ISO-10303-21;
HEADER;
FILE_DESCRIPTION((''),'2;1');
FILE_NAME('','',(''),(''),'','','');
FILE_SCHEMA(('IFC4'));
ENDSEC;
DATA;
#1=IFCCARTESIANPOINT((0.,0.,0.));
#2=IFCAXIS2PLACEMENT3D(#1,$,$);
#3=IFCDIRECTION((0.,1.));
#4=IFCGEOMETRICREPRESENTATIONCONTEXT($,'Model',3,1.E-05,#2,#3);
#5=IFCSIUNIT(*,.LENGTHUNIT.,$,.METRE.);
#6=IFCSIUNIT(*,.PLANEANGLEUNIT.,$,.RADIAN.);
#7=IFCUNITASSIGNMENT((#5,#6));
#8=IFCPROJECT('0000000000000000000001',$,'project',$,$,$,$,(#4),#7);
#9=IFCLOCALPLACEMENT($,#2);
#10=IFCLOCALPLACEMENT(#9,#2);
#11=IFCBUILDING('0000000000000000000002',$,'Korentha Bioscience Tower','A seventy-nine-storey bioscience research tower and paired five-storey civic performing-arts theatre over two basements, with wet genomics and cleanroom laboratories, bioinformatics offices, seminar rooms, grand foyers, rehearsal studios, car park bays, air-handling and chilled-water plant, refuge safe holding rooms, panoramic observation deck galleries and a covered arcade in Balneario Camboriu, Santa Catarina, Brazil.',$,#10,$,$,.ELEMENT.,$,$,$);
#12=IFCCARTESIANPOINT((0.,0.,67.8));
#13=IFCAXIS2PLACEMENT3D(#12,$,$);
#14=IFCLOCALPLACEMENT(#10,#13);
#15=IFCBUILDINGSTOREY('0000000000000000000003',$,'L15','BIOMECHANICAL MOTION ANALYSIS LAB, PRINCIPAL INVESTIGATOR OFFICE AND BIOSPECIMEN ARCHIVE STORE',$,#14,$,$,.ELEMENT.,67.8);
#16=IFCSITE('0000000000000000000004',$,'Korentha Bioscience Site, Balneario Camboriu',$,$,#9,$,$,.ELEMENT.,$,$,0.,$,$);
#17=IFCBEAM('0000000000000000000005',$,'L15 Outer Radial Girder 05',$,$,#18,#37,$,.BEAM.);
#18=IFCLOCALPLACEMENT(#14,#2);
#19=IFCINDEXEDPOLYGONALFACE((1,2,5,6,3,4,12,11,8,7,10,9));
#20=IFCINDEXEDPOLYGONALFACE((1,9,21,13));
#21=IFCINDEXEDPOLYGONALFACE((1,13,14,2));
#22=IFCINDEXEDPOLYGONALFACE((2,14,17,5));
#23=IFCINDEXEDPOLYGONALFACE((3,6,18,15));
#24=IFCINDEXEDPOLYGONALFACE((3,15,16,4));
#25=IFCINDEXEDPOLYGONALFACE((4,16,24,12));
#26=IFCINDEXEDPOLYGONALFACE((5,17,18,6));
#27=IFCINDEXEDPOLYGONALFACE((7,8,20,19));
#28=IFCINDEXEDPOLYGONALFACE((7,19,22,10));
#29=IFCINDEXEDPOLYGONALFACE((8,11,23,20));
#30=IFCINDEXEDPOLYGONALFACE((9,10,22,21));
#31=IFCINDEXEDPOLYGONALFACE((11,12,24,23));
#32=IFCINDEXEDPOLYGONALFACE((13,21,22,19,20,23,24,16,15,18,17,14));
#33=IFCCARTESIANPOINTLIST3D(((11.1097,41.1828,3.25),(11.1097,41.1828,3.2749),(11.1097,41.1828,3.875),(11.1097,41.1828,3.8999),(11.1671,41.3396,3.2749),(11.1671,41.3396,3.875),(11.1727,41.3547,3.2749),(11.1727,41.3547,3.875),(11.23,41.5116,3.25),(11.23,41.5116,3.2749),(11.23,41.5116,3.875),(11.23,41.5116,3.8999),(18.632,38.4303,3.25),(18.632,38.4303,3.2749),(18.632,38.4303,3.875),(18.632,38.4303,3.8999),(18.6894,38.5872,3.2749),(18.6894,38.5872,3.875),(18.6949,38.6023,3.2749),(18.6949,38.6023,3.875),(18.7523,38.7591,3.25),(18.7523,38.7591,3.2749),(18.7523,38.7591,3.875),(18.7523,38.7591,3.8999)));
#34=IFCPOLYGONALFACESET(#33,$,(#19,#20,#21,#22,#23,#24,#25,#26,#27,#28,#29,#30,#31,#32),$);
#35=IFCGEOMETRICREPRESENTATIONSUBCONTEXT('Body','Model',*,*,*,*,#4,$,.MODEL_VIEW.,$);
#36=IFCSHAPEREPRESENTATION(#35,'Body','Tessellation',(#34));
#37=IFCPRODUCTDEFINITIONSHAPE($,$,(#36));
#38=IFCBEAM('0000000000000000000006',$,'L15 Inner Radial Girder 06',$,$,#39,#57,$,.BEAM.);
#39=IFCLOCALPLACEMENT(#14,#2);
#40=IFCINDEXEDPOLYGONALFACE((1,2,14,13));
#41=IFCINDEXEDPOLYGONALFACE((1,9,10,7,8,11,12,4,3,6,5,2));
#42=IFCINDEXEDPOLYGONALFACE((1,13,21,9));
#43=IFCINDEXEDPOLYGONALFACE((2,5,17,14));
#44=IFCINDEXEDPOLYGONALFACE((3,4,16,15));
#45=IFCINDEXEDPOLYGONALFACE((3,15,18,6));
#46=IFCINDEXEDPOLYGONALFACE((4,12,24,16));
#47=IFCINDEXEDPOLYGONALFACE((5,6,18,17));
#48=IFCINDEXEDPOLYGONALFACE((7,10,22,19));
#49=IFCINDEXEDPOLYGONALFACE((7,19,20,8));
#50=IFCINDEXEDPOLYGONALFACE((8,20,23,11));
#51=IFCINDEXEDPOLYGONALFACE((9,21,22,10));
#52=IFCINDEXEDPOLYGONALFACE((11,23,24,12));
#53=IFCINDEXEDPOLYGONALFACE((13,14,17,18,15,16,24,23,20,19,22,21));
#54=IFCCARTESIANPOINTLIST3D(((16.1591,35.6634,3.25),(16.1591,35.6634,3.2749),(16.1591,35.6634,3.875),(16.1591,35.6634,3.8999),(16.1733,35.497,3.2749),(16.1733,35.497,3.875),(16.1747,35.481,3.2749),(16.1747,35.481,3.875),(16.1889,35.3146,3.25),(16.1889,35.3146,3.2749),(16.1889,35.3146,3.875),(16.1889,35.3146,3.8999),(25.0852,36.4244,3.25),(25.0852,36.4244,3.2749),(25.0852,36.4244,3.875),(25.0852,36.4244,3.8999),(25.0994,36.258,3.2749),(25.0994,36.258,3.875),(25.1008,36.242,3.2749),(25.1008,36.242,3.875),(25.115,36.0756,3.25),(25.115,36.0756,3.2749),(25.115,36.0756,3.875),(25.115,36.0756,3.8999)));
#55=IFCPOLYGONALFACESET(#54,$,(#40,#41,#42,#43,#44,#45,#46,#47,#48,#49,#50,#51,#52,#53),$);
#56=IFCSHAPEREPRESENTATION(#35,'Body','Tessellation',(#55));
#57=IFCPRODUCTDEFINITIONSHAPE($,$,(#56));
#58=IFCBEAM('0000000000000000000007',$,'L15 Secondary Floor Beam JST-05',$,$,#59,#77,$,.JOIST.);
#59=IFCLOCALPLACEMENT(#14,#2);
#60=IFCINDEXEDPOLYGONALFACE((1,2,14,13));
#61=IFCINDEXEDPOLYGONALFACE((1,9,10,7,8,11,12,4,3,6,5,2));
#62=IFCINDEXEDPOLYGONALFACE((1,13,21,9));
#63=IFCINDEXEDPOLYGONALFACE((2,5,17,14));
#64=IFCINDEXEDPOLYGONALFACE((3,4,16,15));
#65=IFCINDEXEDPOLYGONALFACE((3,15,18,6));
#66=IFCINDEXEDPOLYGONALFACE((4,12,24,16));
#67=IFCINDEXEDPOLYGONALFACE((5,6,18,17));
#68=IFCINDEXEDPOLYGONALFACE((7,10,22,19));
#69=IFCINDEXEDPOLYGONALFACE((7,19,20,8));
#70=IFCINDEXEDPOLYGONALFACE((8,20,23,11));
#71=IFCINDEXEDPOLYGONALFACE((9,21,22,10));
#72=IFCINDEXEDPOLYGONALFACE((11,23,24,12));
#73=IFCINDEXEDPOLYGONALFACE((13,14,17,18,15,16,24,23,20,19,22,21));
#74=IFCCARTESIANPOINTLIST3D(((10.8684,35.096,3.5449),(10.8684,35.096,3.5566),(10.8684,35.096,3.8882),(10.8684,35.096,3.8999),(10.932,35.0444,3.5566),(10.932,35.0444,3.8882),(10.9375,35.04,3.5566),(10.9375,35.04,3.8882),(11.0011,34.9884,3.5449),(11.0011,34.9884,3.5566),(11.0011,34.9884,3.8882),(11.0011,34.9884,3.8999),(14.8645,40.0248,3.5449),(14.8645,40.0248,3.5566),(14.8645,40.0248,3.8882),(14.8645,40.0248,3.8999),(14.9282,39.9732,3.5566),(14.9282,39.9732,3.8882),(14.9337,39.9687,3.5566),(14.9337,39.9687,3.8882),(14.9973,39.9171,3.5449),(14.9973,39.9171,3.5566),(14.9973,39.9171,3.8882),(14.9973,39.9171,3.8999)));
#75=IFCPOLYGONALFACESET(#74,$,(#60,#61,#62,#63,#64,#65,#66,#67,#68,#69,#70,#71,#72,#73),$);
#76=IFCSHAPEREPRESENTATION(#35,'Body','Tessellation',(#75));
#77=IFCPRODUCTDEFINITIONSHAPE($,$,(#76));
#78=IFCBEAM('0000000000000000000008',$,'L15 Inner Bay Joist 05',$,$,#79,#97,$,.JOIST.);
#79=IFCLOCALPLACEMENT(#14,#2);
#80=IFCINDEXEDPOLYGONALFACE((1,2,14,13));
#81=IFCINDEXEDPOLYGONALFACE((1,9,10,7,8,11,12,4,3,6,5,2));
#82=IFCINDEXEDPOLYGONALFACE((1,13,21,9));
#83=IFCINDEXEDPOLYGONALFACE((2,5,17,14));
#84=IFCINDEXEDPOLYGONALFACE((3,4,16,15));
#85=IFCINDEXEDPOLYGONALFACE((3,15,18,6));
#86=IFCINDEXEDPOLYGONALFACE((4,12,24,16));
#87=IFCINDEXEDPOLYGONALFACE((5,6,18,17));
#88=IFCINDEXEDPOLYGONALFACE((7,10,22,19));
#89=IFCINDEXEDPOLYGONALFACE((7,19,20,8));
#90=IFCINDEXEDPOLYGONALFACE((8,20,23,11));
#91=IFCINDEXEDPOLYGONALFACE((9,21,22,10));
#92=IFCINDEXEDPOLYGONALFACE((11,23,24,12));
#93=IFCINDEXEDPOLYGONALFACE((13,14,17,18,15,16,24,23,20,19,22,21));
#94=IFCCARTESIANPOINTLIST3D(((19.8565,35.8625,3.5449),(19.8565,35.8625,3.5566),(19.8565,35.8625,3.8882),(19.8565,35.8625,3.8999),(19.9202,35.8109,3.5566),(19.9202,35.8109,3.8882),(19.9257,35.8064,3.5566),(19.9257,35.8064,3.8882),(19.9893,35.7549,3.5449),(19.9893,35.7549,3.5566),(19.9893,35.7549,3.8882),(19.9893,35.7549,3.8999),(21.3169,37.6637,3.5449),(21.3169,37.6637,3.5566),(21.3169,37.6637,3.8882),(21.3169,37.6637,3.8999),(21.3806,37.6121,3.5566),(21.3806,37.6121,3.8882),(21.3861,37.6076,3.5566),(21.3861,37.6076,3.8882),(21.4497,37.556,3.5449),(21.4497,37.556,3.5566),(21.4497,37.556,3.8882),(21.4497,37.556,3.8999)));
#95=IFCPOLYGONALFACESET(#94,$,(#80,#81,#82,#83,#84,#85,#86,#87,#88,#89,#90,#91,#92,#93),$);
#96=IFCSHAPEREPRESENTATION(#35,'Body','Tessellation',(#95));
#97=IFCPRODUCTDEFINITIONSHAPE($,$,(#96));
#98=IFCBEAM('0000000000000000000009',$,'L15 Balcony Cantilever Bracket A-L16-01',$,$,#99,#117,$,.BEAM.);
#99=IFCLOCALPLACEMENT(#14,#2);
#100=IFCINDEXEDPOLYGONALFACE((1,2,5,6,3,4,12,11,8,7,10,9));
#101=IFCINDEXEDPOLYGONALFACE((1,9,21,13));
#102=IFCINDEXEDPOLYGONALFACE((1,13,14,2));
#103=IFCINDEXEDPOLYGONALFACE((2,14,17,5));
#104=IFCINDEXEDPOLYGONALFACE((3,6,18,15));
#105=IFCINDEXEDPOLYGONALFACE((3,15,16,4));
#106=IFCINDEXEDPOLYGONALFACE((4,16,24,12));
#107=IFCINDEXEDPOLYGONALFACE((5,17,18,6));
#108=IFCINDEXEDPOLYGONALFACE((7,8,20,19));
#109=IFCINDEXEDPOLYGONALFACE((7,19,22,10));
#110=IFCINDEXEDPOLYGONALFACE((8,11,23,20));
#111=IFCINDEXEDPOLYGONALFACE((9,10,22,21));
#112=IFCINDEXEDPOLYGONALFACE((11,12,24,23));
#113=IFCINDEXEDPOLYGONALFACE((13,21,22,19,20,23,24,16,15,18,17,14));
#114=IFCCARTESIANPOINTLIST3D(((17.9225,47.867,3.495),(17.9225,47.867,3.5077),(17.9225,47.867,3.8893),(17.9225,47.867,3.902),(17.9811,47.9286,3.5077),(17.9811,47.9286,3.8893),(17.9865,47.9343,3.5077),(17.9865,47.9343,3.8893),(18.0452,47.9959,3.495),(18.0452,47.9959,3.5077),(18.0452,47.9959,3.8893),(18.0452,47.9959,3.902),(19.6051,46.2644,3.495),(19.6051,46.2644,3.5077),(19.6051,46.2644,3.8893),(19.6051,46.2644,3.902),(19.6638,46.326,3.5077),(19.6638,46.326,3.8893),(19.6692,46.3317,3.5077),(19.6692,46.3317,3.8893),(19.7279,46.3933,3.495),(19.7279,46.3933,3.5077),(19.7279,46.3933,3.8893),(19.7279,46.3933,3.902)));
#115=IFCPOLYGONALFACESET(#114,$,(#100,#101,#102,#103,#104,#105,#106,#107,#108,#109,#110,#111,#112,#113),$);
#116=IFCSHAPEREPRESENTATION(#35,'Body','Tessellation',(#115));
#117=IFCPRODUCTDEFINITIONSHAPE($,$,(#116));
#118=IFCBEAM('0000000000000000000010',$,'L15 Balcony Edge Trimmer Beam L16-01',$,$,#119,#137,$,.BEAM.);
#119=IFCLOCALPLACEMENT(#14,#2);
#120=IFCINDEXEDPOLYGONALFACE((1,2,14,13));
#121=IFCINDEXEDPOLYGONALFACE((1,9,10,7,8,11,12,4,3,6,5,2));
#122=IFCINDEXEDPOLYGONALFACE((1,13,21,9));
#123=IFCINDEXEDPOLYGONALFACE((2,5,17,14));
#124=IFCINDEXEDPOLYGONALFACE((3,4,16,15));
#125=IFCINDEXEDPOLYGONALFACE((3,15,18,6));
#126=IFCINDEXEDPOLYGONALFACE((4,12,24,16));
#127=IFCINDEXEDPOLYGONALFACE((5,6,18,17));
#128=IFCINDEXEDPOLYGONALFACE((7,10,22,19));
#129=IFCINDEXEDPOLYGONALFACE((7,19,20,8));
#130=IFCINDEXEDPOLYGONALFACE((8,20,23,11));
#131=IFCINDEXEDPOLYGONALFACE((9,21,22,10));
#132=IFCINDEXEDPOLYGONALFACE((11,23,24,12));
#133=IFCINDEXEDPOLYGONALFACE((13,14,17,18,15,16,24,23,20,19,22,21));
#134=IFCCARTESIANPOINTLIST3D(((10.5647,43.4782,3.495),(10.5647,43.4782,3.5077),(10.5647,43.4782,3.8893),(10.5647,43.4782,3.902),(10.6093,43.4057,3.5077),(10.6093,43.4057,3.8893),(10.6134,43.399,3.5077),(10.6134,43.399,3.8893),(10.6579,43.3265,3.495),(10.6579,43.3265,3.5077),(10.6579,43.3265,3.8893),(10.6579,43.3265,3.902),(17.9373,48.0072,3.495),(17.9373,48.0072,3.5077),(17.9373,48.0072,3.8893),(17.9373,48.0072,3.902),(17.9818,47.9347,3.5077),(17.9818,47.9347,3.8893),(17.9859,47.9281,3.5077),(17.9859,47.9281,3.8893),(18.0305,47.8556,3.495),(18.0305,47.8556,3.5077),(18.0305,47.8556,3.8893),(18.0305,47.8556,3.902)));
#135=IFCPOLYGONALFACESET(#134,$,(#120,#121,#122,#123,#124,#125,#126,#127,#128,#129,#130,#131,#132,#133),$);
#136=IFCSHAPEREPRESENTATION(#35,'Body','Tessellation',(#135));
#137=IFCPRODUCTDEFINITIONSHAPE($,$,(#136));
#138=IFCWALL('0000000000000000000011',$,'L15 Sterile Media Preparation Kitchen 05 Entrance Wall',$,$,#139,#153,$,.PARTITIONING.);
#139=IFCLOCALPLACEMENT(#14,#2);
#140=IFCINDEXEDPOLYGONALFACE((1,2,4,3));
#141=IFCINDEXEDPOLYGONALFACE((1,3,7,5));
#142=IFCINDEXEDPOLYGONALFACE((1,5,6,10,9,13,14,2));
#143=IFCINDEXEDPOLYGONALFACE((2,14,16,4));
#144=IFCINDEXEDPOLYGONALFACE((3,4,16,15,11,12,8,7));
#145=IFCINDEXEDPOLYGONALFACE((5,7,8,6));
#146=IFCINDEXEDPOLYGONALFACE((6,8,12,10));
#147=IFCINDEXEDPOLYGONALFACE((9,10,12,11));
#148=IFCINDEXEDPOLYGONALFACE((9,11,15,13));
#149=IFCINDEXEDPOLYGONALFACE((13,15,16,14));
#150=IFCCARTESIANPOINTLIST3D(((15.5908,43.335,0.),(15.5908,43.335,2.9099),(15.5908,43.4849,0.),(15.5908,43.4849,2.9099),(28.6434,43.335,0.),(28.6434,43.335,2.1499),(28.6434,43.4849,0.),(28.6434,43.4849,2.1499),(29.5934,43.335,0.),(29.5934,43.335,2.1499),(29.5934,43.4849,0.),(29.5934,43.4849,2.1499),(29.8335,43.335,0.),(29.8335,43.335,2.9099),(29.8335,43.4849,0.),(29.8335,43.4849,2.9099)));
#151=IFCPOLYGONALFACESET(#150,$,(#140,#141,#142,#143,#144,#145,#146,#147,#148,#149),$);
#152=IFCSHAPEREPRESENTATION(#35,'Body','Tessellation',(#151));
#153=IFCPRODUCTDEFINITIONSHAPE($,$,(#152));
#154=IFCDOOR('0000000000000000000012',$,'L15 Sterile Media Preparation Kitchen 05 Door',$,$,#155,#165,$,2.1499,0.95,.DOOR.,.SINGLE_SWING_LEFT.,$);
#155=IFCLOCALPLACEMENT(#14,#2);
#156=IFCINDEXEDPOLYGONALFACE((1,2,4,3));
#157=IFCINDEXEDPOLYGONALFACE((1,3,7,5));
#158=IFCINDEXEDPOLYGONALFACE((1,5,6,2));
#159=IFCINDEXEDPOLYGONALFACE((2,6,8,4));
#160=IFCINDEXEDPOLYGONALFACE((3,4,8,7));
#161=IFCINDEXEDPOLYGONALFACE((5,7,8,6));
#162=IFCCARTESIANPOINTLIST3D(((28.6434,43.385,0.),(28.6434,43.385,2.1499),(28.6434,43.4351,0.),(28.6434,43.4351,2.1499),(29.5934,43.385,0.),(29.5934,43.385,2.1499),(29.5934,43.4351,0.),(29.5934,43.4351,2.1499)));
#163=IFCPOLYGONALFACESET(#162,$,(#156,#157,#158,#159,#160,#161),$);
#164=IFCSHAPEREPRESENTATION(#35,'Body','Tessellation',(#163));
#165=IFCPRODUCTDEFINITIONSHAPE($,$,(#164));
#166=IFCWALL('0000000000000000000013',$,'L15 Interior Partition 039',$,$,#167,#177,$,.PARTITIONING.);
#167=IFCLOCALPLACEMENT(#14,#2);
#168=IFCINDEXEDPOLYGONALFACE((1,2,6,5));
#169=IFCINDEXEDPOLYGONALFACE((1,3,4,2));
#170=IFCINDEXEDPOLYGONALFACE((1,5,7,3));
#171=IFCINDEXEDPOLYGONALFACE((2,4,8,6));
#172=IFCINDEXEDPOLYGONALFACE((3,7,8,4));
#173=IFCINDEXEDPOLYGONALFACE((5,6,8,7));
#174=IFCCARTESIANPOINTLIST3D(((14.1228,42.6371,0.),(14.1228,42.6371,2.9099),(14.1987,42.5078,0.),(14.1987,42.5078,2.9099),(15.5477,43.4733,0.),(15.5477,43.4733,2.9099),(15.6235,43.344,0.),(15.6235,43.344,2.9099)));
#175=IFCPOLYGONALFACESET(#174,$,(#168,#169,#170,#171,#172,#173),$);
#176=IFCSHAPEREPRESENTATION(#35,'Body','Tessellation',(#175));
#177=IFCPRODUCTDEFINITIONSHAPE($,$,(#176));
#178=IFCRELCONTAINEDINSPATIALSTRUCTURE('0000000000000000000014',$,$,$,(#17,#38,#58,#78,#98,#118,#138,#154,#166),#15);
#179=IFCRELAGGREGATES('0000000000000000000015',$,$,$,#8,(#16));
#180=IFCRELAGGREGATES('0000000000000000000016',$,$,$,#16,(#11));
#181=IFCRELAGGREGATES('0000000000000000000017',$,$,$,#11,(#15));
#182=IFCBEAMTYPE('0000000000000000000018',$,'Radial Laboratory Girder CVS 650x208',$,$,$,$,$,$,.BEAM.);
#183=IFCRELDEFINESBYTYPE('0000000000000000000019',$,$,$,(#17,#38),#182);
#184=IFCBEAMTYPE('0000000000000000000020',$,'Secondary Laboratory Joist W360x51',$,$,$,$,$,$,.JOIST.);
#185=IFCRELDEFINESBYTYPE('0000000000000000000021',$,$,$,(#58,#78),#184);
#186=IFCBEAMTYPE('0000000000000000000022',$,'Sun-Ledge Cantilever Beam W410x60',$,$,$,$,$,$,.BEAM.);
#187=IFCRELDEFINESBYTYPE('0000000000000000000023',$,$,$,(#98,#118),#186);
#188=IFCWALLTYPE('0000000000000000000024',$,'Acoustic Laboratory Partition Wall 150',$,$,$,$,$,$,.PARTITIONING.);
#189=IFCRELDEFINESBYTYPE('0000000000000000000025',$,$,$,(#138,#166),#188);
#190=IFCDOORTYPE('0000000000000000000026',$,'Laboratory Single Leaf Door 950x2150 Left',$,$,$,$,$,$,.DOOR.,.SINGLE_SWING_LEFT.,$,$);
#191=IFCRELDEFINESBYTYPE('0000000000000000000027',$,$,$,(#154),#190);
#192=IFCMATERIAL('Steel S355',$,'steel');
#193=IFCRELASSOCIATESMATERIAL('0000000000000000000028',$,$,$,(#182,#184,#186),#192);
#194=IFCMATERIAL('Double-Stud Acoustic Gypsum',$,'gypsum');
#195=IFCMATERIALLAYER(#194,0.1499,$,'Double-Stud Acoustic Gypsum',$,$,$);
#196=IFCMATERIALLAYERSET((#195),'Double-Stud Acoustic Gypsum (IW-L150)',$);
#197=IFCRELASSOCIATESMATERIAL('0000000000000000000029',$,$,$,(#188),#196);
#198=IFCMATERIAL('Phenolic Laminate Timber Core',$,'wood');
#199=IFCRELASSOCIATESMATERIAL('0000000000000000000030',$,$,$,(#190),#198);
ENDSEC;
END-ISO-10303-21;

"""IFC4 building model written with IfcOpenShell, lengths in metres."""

from ifc_helpers import new_model, si_unit, direction, frame, frame_2d, origin, origin_2d, place, context, subcontext, project, spatial, rectangle, i_section, extrude, material, layer, layer_set, material_profile, profile_set, type_object, element, fill, save


model = new_model("IFC4")

# Units and contexts
model_context = context("Model", 3, precision=1e-05, world=origin(), true_north=direction((0.0, 1.0)))
body_context = subcontext(model_context, "Body", "Model", "MODEL_VIEW")
ifc_project = project(units=[si_unit("LENGTHUNIT", "METRE"), si_unit("PLANEANGLEUNIT", "RADIAN")], contexts=[model_context])

# Site, building, storey
site_placement = place(None, origin())
site = spatial("IfcSite", under=ifc_project, at=site_placement, Name="Korentha Bioscience Site, Balneario Camboriu", CompositionType="ELEMENT", RefElevation=0.0)
building_placement = place(site_placement, origin())
building = spatial("IfcBuilding", under=site, at=building_placement, Name="Korentha Bioscience Tower", Description="A seventy-nine-storey bioscience research tower and paired five-storey civic performing-arts theatre over two basements, with wet genomics and cleanroom laboratories, bioinformatics offices, seminar rooms, grand foyers, rehearsal studios, car park bays, air-handling and chilled-water plant, refuge safe holding rooms, panoramic observation deck galleries and a covered arcade in Balneario Camboriu, Santa Catarina, Brazil.", CompositionType="ELEMENT")
storey_placement = place(building_placement, frame((0.0, 0.0, 67.8)))
storey = spatial("IfcBuildingStorey", under=building, at=storey_placement, Name="L15", Description="BIOMECHANICAL MOTION ANALYSIS LAB, PRINCIPAL INVESTIGATOR OFFICE AND BIOSPECIMEN ARCHIVE STORE", CompositionType="ELEMENT", Elevation=67.8)

# Beams
ifc_material_1 = material(Name="Steel S355", Category="steel")
ifc_material_profile_1 = material_profile(ifc_material_1, i_section(OverallWidth=0.3501, OverallDepth=0.6499, WebThickness=0.0161, FlangeThickness=0.0249, at=origin_2d()), Name="Steel S355")
ifc_profile_set_1 = profile_set([ifc_material_profile_1], Name="Steel S355 (RB-650)")
beam_type_1 = type_object("IfcBeamType", Name="Radial Laboratory Girder CVS 650x208", PredefinedType="BEAM", material=ifc_profile_set_1)
beam_1_placement = place(storey_placement, frame((18.6921, 38.5947, 3.575), z_axis=(-0.939106, 0.343627, 0.0), x_axis=(-0.343627, -0.939106, 0.0)))
element("IfcBeam", 1, at=beam_1_placement, inside=storey, type_object=beam_type_1, Name="L15 Outer Radial Girder 05", PredefinedType="BEAM", context=body_context, shape_type="SweptSolid", body=[
    extrude(i_section(OverallWidth=0.3501, OverallDepth=0.6499, WebThickness=0.0161, FlangeThickness=0.0249, at=origin_2d()), origin(), (0.0, 0.0, 1.0), 8.01),
])
beam_2_placement = place(storey_placement, frame((25.1001, 36.25, 3.575), z_axis=(-0.996386, -0.084947, 0.0), x_axis=(0.084947, -0.996386, 0.0)))
element("IfcBeam", 2, at=beam_2_placement, inside=storey, type_object=beam_type_1, Name="L15 Inner Radial Girder 06", PredefinedType="BEAM", context=body_context, shape_type="SweptSolid", body=[
    extrude(i_section(OverallWidth=0.3501, OverallDepth=0.6499, WebThickness=0.0161, FlangeThickness=0.0249, at=origin_2d()), origin(), (0.0, 0.0, 1.0), 8.9585),
])
ifc_material_profile_2 = material_profile(ifc_material_1, i_section(OverallWidth=0.1709, OverallDepth=0.355, WebThickness=0.0071, FlangeThickness=0.0117, at=origin_2d()), Name="Steel S355")
ifc_profile_set_2 = profile_set([ifc_material_profile_2], Name="Steel S355 (JB-360)")
beam_type_2 = type_object("IfcBeamType", Name="Secondary Laboratory Joist W360x51", PredefinedType="JOIST", material=ifc_profile_set_2)
beam_3_placement = place(storey_placement, frame((14.9309, 39.9709, 3.7224), z_axis=(-0.629787, -0.776768, 0.0), x_axis=(0.776768, -0.629787, 0.0)))
element("IfcBeam", 3, at=beam_3_placement, inside=storey, type_object=beam_type_2, Name="L15 Secondary Floor Beam JST-05", PredefinedType="JOIST", context=body_context, shape_type="SweptSolid", body=[
    extrude(i_section(OverallWidth=0.1709, OverallDepth=0.355, WebThickness=0.0071, FlangeThickness=0.0117, at=origin_2d()), origin(), (0.0, 0.0, 1.0), 6.3452),
])
beam_4_placement = place(storey_placement, frame((21.3833, 37.6099, 3.7224), z_axis=(-0.629792, -0.776764, 0.0), x_axis=(0.776764, -0.629792, 0.0)))
element("IfcBeam", 4, at=beam_4_placement, inside=storey, type_object=beam_type_2, Name="L15 Inner Bay Joist 05", PredefinedType="JOIST", context=body_context, shape_type="SweptSolid", body=[
    extrude(i_section(OverallWidth=0.1709, OverallDepth=0.355, WebThickness=0.0071, FlangeThickness=0.0117, at=origin_2d()), origin(), (0.0, 0.0, 1.0), 2.3188),
])
ifc_material_profile_3 = material_profile(ifc_material_1, i_section(OverallWidth=0.178, OverallDepth=0.407, WebThickness=0.0078, FlangeThickness=0.0127, at=origin_2d()), Name="Steel S355")
ifc_profile_set_3 = profile_set([ifc_material_profile_3], Name="Steel S355 (CB-410)")
beam_type_3 = type_object("IfcBeamType", Name="Sun-Ledge Cantilever Beam W410x60", PredefinedType="BEAM", material=ifc_profile_set_3)
beam_5_placement = place(storey_placement, frame((19.6665, 46.3289, 3.6985), z_axis=(-0.724128, 0.689666, 0.0), x_axis=(-0.689666, -0.724128, 0.0)))
element("IfcBeam", 5, at=beam_5_placement, inside=storey, type_object=beam_type_3, Name="L15 Balcony Cantilever Bracket A-L16-01", PredefinedType="BEAM", context=body_context, shape_type="SweptSolid", body=[
    extrude(i_section(OverallWidth=0.178, OverallDepth=0.407, WebThickness=0.0078, FlangeThickness=0.0127, at=origin_2d()), origin(), (0.0, 0.0, 1.0), 2.3237),
])
beam_6_placement = place(storey_placement, frame((17.9839, 47.9314, 3.6985), z_axis=(-0.852066, -0.523434, 0.0), x_axis=(0.523434, -0.852066, 0.0)))
element("IfcBeam", 6, at=beam_6_placement, inside=storey, type_object=beam_type_3, Name="L15 Balcony Edge Trimmer Beam L16-01", PredefinedType="BEAM", context=body_context, shape_type="SweptSolid", body=[
    extrude(i_section(OverallWidth=0.178, OverallDepth=0.407, WebThickness=0.0078, FlangeThickness=0.0127, at=origin_2d()), origin(), (0.0, 0.0, 1.0), 8.6526),
])

# Wall, opening, door
ifc_material_2 = material(Name="Double-Stud Acoustic Gypsum", Category="gypsum")
ifc_layer_1 = layer(ifc_material_2, 0.1499, Name="Double-Stud Acoustic Gypsum")
ifc_layer_set_1 = layer_set([ifc_layer_1], Name="Double-Stud Acoustic Gypsum (IW-L150)")
wall_type_1 = type_object("IfcWallType", Name="Acoustic Laboratory Partition Wall 150", PredefinedType="PARTITIONING", material=ifc_layer_set_1)
wall_1_placement = place(storey_placement, frame((29.8335, 43.4099, 0.0), z_axis=(0.0, 0.0, 1.0), x_axis=(-1.0, 0.0, 0.0)))
wall_1 = element("IfcWall", 7, at=wall_1_placement, inside=storey, type_object=wall_type_1, Name="L15 Sterile Media Preparation Kitchen 05 Entrance Wall", PredefinedType="PARTITIONING", context=body_context, shape_type="SweptSolid", body=[
    extrude(rectangle(XDim=14.2427, YDim=0.1499, at=frame_2d((7.1213, 0.0))), origin(), (0.0, 0.0, 1.0), 2.9099),
])
opening_1_placement = place(wall_1_placement, frame((0.24, 0.0, 0.0)))
opening_1 = element("IfcOpeningElement", 8, at=opening_1_placement, cuts=wall_1, PredefinedType="OPENING", context=body_context, shape_type="SweptSolid", body=[
    extrude(rectangle(XDim=0.95, YDim=2.1499, at=frame_2d((0.4751, 1.075))), frame((0.0, 0.0898, 0.0), z_axis=(0.0, -1.0, 0.0), x_axis=(1.0, 0.0, 0.0)), (0.0, 0.0, 1.0), 0.1797),
])
ifc_material_3 = material(Name="Phenolic Laminate Timber Core", Category="wood")
door_type = type_object("IfcDoorType", Name="Laboratory Single Leaf Door 950x2150 Left", OperationType="SINGLE_SWING_LEFT", PredefinedType="DOOR", material=ifc_material_3)
door_placement = place(opening_1_placement, origin())
door = element("IfcDoor", 9, at=door_placement, inside=storey, type_object=door_type, Name="L15 Sterile Media Preparation Kitchen 05 Door", OperationType="SINGLE_SWING_LEFT", OverallHeight=2.1499, OverallWidth=0.95, PredefinedType="DOOR", context=body_context, shape_type="SweptSolid", body=[
    extrude(rectangle(XDim=0.95, YDim=2.1499, at=frame_2d((0.4751, 1.075))), frame((0.0, 0.0249, 0.0), z_axis=(0.0, -1.0, 0.0), x_axis=(1.0, 0.0, 0.0)), (0.0, 0.0, 1.0), 0.05),
])
fill(opening_1, door)

# Wall
wall_2_placement = place(storey_placement, frame((15.5857, 43.4087, 0.0), z_axis=(0.0, 0.0, 1.0), x_axis=(-0.862447, -0.506148, 0.0)))
element("IfcWall", 10, at=wall_2_placement, inside=storey, type_object=wall_type_1, Name="L15 Interior Partition 039", PredefinedType="PARTITIONING", context=body_context, shape_type="SweptSolid", body=[
    extrude(rectangle(XDim=1.6521, YDim=0.1499, at=frame_2d((0.8262, 0.0))), origin(), (0.0, 0.0, 1.0), 2.9099),
])

save(model, "model.ifc")
